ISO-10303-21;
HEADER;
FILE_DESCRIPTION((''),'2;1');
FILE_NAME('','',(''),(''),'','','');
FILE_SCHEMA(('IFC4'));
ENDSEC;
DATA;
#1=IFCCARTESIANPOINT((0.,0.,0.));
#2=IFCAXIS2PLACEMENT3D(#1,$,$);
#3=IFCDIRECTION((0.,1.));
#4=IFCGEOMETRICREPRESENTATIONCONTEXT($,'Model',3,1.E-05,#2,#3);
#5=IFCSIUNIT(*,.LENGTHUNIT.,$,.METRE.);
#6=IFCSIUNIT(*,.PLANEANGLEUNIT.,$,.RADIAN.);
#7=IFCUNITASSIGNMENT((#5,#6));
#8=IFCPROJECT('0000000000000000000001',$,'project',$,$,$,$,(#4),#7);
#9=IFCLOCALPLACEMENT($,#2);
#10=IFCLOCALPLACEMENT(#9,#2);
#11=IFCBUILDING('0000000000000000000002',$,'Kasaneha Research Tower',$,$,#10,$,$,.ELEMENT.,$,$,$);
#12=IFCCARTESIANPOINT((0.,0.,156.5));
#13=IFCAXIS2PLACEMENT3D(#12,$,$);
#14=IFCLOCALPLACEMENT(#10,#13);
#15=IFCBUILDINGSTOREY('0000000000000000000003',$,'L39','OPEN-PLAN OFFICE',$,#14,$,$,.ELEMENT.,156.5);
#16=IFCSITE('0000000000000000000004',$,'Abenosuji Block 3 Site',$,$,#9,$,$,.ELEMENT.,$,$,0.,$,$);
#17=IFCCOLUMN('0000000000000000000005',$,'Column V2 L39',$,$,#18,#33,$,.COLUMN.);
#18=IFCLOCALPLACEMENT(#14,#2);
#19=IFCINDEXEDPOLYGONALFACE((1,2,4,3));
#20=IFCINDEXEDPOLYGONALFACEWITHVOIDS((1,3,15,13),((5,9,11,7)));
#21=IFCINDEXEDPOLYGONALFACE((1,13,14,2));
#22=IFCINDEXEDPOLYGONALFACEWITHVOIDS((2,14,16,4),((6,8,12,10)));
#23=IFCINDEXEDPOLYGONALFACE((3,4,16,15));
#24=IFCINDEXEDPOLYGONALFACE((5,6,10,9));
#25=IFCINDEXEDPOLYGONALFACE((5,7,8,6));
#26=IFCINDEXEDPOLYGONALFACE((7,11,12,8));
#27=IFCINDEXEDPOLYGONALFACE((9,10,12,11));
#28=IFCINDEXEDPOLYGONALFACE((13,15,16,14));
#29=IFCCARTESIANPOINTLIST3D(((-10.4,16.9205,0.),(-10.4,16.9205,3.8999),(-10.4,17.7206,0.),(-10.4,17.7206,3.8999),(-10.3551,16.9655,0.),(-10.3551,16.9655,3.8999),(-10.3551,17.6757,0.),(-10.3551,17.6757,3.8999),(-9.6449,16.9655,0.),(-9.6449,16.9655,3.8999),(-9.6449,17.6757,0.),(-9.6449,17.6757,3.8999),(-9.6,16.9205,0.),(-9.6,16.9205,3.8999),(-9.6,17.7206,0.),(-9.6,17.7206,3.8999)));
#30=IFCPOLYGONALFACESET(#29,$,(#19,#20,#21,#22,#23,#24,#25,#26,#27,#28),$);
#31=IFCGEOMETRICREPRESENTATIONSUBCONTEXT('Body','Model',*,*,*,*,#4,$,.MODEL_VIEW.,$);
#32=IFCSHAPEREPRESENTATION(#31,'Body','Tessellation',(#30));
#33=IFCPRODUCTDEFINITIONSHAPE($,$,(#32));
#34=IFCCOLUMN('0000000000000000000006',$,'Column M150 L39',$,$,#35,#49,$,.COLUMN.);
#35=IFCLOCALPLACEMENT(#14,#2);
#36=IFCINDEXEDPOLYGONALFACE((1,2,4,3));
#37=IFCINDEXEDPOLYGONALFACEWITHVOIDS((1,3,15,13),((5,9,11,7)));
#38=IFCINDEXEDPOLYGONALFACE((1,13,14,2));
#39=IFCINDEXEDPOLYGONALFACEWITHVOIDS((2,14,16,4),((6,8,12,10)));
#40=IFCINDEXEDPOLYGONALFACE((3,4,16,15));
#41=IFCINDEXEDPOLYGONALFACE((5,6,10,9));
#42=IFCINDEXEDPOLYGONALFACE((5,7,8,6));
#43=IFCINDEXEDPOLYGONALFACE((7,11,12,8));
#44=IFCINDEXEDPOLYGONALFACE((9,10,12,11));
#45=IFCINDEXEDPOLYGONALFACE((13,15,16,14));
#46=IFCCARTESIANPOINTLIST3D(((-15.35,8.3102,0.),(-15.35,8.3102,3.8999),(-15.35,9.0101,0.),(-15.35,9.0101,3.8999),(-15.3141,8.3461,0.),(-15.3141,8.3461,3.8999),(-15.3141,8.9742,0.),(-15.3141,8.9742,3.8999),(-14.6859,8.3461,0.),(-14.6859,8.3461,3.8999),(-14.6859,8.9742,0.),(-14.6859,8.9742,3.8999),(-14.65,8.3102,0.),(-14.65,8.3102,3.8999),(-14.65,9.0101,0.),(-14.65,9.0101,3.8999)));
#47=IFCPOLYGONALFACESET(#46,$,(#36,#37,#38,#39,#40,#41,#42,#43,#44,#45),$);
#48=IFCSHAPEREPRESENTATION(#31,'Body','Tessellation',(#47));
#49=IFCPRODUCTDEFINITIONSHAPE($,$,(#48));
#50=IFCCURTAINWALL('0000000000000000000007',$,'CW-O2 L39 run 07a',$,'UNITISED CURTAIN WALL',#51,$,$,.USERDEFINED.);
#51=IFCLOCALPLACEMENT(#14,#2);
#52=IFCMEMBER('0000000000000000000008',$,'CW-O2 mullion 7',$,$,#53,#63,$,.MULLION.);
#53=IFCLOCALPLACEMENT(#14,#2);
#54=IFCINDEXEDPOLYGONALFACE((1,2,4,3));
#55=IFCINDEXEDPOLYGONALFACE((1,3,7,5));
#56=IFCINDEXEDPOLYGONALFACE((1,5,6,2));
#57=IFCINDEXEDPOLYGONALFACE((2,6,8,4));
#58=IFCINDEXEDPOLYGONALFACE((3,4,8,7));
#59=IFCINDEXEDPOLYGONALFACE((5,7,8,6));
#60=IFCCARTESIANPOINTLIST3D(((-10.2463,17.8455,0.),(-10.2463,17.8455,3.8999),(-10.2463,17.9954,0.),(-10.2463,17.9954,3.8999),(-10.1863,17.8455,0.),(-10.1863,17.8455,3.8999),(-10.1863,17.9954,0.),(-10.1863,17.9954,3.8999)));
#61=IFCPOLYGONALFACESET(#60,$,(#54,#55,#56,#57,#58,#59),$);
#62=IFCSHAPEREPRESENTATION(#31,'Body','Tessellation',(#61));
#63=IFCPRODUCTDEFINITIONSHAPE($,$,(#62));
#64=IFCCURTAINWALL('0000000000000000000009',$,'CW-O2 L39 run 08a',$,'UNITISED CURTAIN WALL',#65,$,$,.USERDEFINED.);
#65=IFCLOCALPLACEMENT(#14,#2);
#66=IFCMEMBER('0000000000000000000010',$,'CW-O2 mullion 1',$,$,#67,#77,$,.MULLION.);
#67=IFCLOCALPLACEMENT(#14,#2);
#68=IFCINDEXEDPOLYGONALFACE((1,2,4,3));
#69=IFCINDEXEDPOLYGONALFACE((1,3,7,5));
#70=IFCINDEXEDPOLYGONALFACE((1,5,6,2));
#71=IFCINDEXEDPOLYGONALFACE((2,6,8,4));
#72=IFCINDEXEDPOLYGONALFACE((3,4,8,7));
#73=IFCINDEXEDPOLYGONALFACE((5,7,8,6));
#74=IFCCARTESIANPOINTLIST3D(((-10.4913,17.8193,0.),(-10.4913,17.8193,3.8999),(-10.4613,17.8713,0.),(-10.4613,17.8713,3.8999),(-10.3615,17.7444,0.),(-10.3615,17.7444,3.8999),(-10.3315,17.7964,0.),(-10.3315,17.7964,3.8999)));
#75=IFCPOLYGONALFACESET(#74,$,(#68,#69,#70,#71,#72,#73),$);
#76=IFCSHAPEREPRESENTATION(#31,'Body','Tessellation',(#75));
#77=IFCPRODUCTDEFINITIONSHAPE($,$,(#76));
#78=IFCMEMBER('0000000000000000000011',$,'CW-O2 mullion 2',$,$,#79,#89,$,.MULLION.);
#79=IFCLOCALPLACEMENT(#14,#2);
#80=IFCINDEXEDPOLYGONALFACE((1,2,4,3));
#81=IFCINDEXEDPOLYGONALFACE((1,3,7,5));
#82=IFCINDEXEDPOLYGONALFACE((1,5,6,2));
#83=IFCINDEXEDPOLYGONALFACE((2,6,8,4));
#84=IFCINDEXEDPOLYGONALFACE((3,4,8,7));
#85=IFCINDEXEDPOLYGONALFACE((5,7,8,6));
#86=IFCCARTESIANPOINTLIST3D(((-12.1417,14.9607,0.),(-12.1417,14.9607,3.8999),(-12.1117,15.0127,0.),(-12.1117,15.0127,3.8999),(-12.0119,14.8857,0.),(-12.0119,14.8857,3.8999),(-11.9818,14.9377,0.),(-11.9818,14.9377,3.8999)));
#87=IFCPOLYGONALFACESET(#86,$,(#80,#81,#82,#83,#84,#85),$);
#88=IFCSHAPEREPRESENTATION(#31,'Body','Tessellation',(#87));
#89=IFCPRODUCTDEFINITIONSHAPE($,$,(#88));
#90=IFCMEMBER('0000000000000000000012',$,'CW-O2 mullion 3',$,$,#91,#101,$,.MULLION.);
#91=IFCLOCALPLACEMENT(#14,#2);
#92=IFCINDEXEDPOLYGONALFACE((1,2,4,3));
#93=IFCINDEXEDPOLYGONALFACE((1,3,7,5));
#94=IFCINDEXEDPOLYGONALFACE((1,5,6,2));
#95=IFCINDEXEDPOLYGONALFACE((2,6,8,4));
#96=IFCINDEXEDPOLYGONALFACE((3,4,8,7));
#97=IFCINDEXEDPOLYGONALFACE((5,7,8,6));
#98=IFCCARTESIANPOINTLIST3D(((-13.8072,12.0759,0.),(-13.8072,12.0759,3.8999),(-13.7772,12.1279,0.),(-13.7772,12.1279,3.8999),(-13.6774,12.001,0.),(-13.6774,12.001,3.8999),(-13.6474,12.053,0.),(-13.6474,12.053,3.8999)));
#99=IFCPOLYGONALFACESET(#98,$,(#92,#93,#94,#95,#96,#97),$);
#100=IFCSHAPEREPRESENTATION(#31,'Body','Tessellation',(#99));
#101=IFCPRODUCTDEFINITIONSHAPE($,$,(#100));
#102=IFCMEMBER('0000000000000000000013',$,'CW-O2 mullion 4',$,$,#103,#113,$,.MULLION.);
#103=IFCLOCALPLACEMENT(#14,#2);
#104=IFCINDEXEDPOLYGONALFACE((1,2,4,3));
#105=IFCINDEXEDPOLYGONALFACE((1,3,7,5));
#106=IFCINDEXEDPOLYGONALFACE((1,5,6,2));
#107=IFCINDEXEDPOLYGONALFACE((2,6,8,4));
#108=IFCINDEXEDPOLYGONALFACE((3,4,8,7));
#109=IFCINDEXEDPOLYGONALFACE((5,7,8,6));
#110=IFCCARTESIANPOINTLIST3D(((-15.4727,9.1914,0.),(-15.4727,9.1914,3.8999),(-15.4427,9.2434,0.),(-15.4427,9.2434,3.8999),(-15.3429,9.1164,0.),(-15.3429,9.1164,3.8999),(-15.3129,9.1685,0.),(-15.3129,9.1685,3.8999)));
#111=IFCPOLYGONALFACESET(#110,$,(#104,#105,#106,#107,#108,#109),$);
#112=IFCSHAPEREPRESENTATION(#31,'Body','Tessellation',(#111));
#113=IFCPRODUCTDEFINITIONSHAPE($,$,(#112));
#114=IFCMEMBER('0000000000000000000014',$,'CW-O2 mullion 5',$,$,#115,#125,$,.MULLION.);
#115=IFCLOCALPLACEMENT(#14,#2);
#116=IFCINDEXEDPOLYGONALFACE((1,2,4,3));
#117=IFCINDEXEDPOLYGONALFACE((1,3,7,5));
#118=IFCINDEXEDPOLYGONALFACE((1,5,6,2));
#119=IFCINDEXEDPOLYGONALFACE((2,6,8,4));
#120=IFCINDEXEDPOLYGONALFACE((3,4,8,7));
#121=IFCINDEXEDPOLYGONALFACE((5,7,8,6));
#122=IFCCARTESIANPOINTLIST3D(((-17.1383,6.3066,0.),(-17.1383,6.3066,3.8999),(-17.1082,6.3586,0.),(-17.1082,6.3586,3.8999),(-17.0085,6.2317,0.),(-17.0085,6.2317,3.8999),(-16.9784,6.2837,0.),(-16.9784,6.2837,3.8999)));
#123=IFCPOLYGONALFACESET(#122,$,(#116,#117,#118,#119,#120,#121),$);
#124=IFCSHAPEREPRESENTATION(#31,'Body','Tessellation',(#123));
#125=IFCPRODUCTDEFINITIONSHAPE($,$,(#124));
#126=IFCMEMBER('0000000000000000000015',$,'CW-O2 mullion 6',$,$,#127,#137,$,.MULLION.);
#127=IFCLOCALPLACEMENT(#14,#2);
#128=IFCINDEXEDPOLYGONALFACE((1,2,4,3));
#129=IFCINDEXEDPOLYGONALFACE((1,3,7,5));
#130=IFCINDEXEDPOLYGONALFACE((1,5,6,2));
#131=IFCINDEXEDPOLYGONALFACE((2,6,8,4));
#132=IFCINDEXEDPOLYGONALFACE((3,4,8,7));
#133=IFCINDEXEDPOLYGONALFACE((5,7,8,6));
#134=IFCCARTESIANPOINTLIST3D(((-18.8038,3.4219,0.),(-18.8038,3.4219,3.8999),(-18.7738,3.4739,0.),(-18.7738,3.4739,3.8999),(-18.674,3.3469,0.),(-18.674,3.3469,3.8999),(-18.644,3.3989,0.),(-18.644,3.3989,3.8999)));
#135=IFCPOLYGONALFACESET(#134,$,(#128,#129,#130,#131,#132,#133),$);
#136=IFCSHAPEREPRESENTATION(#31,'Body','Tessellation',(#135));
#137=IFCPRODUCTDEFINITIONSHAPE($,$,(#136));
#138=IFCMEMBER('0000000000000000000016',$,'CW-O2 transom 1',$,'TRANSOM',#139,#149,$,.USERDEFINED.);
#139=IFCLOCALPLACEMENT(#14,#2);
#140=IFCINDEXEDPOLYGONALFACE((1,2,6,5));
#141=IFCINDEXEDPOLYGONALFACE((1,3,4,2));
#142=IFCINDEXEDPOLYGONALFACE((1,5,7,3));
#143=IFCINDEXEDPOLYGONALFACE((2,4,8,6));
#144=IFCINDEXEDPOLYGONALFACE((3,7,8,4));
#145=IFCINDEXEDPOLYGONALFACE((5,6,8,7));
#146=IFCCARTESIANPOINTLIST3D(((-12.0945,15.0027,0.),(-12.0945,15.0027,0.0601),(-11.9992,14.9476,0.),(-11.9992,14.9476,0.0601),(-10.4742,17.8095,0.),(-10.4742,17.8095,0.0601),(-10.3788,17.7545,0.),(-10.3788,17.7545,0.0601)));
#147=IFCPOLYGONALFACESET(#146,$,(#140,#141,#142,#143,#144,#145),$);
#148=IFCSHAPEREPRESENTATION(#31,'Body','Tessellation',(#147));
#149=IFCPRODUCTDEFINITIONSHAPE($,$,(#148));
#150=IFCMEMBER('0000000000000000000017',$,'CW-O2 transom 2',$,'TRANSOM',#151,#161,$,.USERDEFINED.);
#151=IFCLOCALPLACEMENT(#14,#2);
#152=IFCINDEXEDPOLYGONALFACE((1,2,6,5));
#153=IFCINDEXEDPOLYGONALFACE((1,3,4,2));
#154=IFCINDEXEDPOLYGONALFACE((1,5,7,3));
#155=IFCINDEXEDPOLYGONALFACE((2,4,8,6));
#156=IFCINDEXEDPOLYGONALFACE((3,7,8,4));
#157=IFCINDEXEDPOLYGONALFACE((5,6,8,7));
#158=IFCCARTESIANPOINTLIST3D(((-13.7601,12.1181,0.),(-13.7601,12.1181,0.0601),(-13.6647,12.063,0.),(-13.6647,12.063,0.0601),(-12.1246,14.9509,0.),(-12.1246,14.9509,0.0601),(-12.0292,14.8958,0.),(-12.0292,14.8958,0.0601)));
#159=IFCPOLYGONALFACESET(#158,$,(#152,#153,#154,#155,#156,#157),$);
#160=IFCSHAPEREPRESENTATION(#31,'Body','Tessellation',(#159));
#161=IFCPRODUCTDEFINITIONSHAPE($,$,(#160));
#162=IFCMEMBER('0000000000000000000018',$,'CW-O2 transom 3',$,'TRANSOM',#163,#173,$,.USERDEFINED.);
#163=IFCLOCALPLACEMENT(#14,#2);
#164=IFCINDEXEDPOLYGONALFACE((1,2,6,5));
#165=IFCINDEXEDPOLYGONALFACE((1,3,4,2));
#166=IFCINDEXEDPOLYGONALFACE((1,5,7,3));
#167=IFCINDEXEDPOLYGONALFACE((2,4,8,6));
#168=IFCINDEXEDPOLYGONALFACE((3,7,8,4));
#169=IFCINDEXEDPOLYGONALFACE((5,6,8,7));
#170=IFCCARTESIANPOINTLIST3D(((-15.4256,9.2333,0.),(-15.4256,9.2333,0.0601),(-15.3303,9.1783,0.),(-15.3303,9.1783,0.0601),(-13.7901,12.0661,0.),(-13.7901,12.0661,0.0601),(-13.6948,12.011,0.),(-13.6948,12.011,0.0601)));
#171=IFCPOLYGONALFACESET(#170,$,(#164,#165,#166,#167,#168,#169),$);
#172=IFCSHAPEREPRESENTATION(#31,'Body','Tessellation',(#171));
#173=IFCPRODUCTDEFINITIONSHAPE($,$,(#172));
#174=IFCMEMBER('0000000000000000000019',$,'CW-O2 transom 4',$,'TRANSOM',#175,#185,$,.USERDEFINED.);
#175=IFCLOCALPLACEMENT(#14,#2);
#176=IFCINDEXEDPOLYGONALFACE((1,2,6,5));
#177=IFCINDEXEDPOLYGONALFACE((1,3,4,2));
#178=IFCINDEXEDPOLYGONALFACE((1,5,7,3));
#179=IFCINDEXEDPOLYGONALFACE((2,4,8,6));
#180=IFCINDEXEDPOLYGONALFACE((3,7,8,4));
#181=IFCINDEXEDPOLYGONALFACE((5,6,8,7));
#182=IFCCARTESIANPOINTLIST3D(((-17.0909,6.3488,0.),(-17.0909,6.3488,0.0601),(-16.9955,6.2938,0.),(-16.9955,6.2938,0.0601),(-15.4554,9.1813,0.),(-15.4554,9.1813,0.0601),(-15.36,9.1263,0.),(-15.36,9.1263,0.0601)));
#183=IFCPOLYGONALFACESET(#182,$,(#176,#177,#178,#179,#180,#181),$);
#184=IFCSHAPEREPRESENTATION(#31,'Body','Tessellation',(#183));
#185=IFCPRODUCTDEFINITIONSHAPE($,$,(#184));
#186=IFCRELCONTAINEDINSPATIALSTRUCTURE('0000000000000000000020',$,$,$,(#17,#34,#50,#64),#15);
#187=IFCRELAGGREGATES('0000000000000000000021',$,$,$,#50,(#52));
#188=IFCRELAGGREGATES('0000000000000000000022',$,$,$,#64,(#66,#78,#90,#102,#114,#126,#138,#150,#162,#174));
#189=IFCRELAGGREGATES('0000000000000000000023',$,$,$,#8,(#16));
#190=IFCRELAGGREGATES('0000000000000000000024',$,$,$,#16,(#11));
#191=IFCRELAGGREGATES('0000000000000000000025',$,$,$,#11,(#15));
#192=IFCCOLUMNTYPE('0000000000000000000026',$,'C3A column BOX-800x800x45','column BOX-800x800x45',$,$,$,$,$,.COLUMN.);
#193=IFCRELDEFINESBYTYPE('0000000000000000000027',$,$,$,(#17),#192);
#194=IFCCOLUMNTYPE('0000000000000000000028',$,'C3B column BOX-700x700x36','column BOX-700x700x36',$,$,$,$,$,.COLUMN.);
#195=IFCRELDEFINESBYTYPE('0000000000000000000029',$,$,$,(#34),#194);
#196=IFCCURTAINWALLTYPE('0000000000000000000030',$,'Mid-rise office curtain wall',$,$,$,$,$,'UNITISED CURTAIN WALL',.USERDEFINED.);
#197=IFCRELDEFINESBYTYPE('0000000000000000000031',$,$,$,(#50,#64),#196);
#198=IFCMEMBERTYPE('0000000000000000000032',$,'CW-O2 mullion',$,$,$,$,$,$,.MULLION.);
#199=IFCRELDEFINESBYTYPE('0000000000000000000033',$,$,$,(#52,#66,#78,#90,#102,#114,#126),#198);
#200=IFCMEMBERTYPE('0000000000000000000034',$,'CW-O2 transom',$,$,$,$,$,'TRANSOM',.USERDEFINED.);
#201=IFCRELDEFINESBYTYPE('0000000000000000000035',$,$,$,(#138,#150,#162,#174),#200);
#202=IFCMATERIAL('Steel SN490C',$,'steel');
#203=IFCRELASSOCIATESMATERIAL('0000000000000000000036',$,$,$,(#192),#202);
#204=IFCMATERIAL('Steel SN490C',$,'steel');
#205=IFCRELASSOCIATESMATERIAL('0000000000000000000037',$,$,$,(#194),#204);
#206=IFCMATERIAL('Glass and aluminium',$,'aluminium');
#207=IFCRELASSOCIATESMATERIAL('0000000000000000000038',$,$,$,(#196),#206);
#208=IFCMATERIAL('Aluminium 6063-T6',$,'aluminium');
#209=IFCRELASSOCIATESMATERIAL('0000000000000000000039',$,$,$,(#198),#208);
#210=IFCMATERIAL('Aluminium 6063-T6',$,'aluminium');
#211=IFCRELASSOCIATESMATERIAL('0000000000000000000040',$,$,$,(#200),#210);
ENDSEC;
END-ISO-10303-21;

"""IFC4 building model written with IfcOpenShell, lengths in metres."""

from ifc_helpers import new_model, si_unit, direction, frame, origin, origin_2d, place, context, subcontext, project, spatial, rectangle, hollow_rectangle, extrude, material, material_profile, profile_set, type_object, element, aggregate, save


model = new_model("IFC4")

# Units and contexts
model_context = context("Model", 3, precision=1e-05, world=origin(), true_north=direction((0.0, 1.0)))
body_context = subcontext(model_context, "Body", "Model", "MODEL_VIEW")
ifc_project = project(units=[si_unit("LENGTHUNIT", "METRE"), si_unit("PLANEANGLEUNIT", "RADIAN")], contexts=[model_context])

# Site, building, storey
site_placement = place(None, origin())
site = spatial("IfcSite", under=ifc_project, at=site_placement, Name="Abenosuji Block 3 Site", CompositionType="ELEMENT", RefElevation=0.0)
building_placement = place(site_placement, origin())
building = spatial("IfcBuilding", under=site, at=building_placement, Name="Kasaneha Research Tower", CompositionType="ELEMENT")
storey_placement = place(building_placement, frame((0.0, 0.0, 156.5)))
storey = spatial("IfcBuildingStorey", under=building, at=storey_placement, Name="L39", Description="OPEN-PLAN OFFICE", CompositionType="ELEMENT", Elevation=156.5)

# Columns
ifc_material_1 = material(Name="Steel SN490C", Category="steel")
ifc_material_profile_1 = material_profile(ifc_material_1, hollow_rectangle(XDim=0.8, YDim=0.8, WallThickness=0.0449, at=origin_2d()), Name="BOX-800x800x45")
ifc_profile_set_1 = profile_set([ifc_material_profile_1], Name="Steel SN490C")
column_type_1 = type_object("IfcColumnType", Name="C3A column BOX-800x800x45", Description="column BOX-800x800x45", PredefinedType="COLUMN", material=ifc_profile_set_1)
column_1_placement = place(storey_placement, frame((-10.0, 17.3206, 0.0), z_axis=(0.0, 0.0, 1.0), x_axis=(1.0, 0.0, 0.0)))
element("IfcColumn", 1, at=column_1_placement, inside=storey, type_object=column_type_1, Name="Column V2 L39", PredefinedType="COLUMN", context=body_context, shape_type="SweptSolid", body=[
    extrude(hollow_rectangle(XDim=0.8, YDim=0.8, WallThickness=0.0449, at=origin_2d()), origin(), (0.0, 0.0, 1.0), 3.8999),
])
ifc_material_2 = material(Name="Steel SN490C", Category="steel")
ifc_material_profile_2 = material_profile(ifc_material_2, hollow_rectangle(XDim=0.7, YDim=0.7, WallThickness=0.0359, at=origin_2d()), Name="BOX-700x700x36")
ifc_profile_set_2 = profile_set([ifc_material_profile_2], Name="Steel SN490C")
column_type_2 = type_object("IfcColumnType", Name="C3B column BOX-700x700x36", Description="column BOX-700x700x36", PredefinedType="COLUMN", material=ifc_profile_set_2)
column_2_placement = place(storey_placement, frame((-15.0, 8.6602, 0.0), z_axis=(0.0, 0.0, 1.0), x_axis=(1.0, 0.0, 0.0)))
element("IfcColumn", 2, at=column_2_placement, inside=storey, type_object=column_type_2, Name="Column M150 L39", PredefinedType="COLUMN", context=body_context, shape_type="SweptSolid", body=[
    extrude(hollow_rectangle(XDim=0.7, YDim=0.7, WallThickness=0.0359, at=origin_2d()), origin(), (0.0, 0.0, 1.0), 3.8999),
])

# Curtain wall, member
ifc_material_3 = material(Name="Glass and aluminium", Category="aluminium")
curtain_wall_type = type_object("IfcCurtainWallType", Name="Mid-rise office curtain wall", ElementType="UNITISED CURTAIN WALL", PredefinedType="USERDEFINED", material=ifc_material_3)
curtain_wall_1_placement = place(storey_placement, origin())
curtain_wall_1 = element("IfcCurtainWall", 3, at=curtain_wall_1_placement, inside=storey, type_object=curtain_wall_type, Name="CW-O2 L39 run 07a", ObjectType="UNITISED CURTAIN WALL", PredefinedType="USERDEFINED")
ifc_material_4 = material(Name="Aluminium 6063-T6", Category="aluminium")
ifc_material_profile_3 = material_profile(ifc_material_4, rectangle(XDim=0.0601, YDim=0.1499, at=origin_2d()), Name="CW-O2 mullion 60x150")
ifc_profile_set_3 = profile_set([ifc_material_profile_3], Name="Aluminium 6063-T6")
member_type_1 = type_object("IfcMemberType", Name="CW-O2 mullion", PredefinedType="MULLION", material=ifc_profile_set_3)
member_1_placement = place(storey_placement, frame((-10.2163, 17.9204, 0.0), z_axis=(0.0, 0.0, 1.0), x_axis=(-1.0, 0.0, 0.0)))
member_1 = element("IfcMember", 4, at=member_1_placement, type_object=member_type_1, Name="CW-O2 mullion 7", PredefinedType="MULLION", context=body_context, shape_type="SweptSolid", body=[
    extrude(rectangle(XDim=0.0601, YDim=0.1499, at=origin_2d()), origin(), (0.0, 0.0, 1.0), 3.8999),
])
aggregate(curtain_wall_1, [member_1])

# Curtain wall, members
curtain_wall_2_placement = place(storey_placement, origin())
curtain_wall_2 = element("IfcCurtainWall", 5, at=curtain_wall_2_placement, inside=storey, type_object=curtain_wall_type, Name="CW-O2 L39 run 08a", ObjectType="UNITISED CURTAIN WALL", PredefinedType="USERDEFINED")
member_2_placement = place(storey_placement, frame((-10.4114, 17.8079, 0.0), z_axis=(0.0, 0.0, 1.0), x_axis=(-0.5, -0.866025, 0.0)))
member_2 = element("IfcMember", 6, at=member_2_placement, type_object=member_type_1, Name="CW-O2 mullion 1", PredefinedType="MULLION", context=body_context, shape_type="SweptSolid", body=[
    extrude(rectangle(XDim=0.0601, YDim=0.1499, at=origin_2d()), origin(), (0.0, 0.0, 1.0), 3.8999),
])
member_3_placement = place(storey_placement, frame((-12.0618, 14.9492, 0.0), z_axis=(0.0, 0.0, 1.0), x_axis=(-0.5, -0.866025, 0.0)))
member_3 = element("IfcMember", 7, at=member_3_placement, type_object=member_type_1, Name="CW-O2 mullion 2", PredefinedType="MULLION", context=body_context, shape_type="SweptSolid", body=[
    extrude(rectangle(XDim=0.0601, YDim=0.1499, at=origin_2d()), origin(), (0.0, 0.0, 1.0), 3.8999),
])
member_4_placement = place(storey_placement, frame((-13.7273, 12.0645, 0.0), z_axis=(0.0, 0.0, 1.0), x_axis=(-0.5, -0.866025, 0.0)))
member_4 = element("IfcMember", 8, at=member_4_placement, type_object=member_type_1, Name="CW-O2 mullion 3", PredefinedType="MULLION", context=body_context, shape_type="SweptSolid", body=[
    extrude(rectangle(XDim=0.0601, YDim=0.1499, at=origin_2d()), origin(), (0.0, 0.0, 1.0), 3.8999),
])
member_5_placement = place(storey_placement, frame((-15.3928, 9.1799, 0.0), z_axis=(0.0, 0.0, 1.0), x_axis=(-0.5, -0.866025, 0.0)))
member_5 = element("IfcMember", 9, at=member_5_placement, type_object=member_type_1, Name="CW-O2 mullion 4", PredefinedType="MULLION", context=body_context, shape_type="SweptSolid", body=[
    extrude(rectangle(XDim=0.0601, YDim=0.1499, at=origin_2d()), origin(), (0.0, 0.0, 1.0), 3.8999),
])
member_6_placement = place(storey_placement, frame((-17.0583, 6.2952, 0.0), z_axis=(0.0, 0.0, 1.0), x_axis=(-0.5, -0.866025, 0.0)))
member_6 = element("IfcMember", 10, at=member_6_placement, type_object=member_type_1, Name="CW-O2 mullion 5", PredefinedType="MULLION", context=body_context, shape_type="SweptSolid", body=[
    extrude(rectangle(XDim=0.0601, YDim=0.1499, at=origin_2d()), origin(), (0.0, 0.0, 1.0), 3.8999),
])
member_7_placement = place(storey_placement, frame((-18.7239, 3.4104, 0.0), z_axis=(0.0, 0.0, 1.0), x_axis=(-0.5, -0.866025, 0.0)))
member_7 = element("IfcMember", 11, at=member_7_placement, type_object=member_type_1, Name="CW-O2 mullion 6", PredefinedType="MULLION", context=body_context, shape_type="SweptSolid", body=[
    extrude(rectangle(XDim=0.0601, YDim=0.1499, at=origin_2d()), origin(), (0.0, 0.0, 1.0), 3.8999),
])
ifc_material_5 = material(Name="Aluminium 6063-T6", Category="aluminium")
ifc_material_profile_4 = material_profile(ifc_material_5, rectangle(XDim=0.1101, YDim=0.0601, at=origin_2d()), Name="CW-O2 transom 110x60")
ifc_profile_set_4 = profile_set([ifc_material_profile_4], Name="Aluminium 6063-T6")
member_type_2 = type_object("IfcMemberType", Name="CW-O2 transom", ElementType="TRANSOM", PredefinedType="USERDEFINED", material=ifc_profile_set_4)
member_8_placement = place(storey_placement, frame((-10.4265, 17.782, 0.03), z_axis=(-0.499955, -0.866051, 0.0), x_axis=(0.866051, -0.499955, 0.0)))
member_8 = element("IfcMember", 12, at=member_8_placement, type_object=member_type_2, Name="CW-O2 transom 1", ObjectType="TRANSOM", PredefinedType="USERDEFINED", context=body_context, shape_type="SweptSolid", body=[
    extrude(rectangle(XDim=0.1101, YDim=0.0601, at=origin_2d()), origin(), (0.0, 0.0, 1.0), 3.241),
])
member_9_placement = place(storey_placement, frame((-12.0769, 14.9233, 0.03), z_axis=(-0.5, -0.866025, 0.0), x_axis=(0.866025, -0.5, 0.0)))
member_9 = element("IfcMember", 13, at=member_9_placement, type_object=member_type_2, Name="CW-O2 transom 2", ObjectType="TRANSOM", PredefinedType="USERDEFINED", context=body_context, shape_type="SweptSolid", body=[
    extrude(rectangle(XDim=0.1101, YDim=0.0601, at=origin_2d()), origin(), (0.0, 0.0, 1.0), 3.271),
])
member_10_placement = place(storey_placement, frame((-13.7424, 12.0386, 0.03), z_axis=(-0.5, -0.866025, 0.0), x_axis=(0.866025, -0.5, 0.0)))
member_10 = element("IfcMember", 14, at=member_10_placement, type_object=member_type_2, Name="CW-O2 transom 3", ObjectType="TRANSOM", PredefinedType="USERDEFINED", context=body_context, shape_type="SweptSolid", body=[
    extrude(rectangle(XDim=0.1101, YDim=0.0601, at=origin_2d()), origin(), (0.0, 0.0, 1.0), 3.271),
])
member_11_placement = place(storey_placement, frame((-15.4077, 9.1538, 0.03), z_axis=(-0.500033, -0.866007, 0.0), x_axis=(0.866007, -0.500033, 0.0)))
member_11 = element("IfcMember", 15, at=member_11_placement, type_object=member_type_2, Name="CW-O2 transom 4", ObjectType="TRANSOM", PredefinedType="USERDEFINED", context=body_context, shape_type="SweptSolid", body=[
    extrude(rectangle(XDim=0.1101, YDim=0.0601, at=origin_2d()), origin(), (0.0, 0.0, 1.0), 3.2708),
])

aggregate(curtain_wall_2, [member_2, member_3, member_4, member_5, member_6, member_7, member_8, member_9, member_10, member_11])

save(model, "model.ifc")
